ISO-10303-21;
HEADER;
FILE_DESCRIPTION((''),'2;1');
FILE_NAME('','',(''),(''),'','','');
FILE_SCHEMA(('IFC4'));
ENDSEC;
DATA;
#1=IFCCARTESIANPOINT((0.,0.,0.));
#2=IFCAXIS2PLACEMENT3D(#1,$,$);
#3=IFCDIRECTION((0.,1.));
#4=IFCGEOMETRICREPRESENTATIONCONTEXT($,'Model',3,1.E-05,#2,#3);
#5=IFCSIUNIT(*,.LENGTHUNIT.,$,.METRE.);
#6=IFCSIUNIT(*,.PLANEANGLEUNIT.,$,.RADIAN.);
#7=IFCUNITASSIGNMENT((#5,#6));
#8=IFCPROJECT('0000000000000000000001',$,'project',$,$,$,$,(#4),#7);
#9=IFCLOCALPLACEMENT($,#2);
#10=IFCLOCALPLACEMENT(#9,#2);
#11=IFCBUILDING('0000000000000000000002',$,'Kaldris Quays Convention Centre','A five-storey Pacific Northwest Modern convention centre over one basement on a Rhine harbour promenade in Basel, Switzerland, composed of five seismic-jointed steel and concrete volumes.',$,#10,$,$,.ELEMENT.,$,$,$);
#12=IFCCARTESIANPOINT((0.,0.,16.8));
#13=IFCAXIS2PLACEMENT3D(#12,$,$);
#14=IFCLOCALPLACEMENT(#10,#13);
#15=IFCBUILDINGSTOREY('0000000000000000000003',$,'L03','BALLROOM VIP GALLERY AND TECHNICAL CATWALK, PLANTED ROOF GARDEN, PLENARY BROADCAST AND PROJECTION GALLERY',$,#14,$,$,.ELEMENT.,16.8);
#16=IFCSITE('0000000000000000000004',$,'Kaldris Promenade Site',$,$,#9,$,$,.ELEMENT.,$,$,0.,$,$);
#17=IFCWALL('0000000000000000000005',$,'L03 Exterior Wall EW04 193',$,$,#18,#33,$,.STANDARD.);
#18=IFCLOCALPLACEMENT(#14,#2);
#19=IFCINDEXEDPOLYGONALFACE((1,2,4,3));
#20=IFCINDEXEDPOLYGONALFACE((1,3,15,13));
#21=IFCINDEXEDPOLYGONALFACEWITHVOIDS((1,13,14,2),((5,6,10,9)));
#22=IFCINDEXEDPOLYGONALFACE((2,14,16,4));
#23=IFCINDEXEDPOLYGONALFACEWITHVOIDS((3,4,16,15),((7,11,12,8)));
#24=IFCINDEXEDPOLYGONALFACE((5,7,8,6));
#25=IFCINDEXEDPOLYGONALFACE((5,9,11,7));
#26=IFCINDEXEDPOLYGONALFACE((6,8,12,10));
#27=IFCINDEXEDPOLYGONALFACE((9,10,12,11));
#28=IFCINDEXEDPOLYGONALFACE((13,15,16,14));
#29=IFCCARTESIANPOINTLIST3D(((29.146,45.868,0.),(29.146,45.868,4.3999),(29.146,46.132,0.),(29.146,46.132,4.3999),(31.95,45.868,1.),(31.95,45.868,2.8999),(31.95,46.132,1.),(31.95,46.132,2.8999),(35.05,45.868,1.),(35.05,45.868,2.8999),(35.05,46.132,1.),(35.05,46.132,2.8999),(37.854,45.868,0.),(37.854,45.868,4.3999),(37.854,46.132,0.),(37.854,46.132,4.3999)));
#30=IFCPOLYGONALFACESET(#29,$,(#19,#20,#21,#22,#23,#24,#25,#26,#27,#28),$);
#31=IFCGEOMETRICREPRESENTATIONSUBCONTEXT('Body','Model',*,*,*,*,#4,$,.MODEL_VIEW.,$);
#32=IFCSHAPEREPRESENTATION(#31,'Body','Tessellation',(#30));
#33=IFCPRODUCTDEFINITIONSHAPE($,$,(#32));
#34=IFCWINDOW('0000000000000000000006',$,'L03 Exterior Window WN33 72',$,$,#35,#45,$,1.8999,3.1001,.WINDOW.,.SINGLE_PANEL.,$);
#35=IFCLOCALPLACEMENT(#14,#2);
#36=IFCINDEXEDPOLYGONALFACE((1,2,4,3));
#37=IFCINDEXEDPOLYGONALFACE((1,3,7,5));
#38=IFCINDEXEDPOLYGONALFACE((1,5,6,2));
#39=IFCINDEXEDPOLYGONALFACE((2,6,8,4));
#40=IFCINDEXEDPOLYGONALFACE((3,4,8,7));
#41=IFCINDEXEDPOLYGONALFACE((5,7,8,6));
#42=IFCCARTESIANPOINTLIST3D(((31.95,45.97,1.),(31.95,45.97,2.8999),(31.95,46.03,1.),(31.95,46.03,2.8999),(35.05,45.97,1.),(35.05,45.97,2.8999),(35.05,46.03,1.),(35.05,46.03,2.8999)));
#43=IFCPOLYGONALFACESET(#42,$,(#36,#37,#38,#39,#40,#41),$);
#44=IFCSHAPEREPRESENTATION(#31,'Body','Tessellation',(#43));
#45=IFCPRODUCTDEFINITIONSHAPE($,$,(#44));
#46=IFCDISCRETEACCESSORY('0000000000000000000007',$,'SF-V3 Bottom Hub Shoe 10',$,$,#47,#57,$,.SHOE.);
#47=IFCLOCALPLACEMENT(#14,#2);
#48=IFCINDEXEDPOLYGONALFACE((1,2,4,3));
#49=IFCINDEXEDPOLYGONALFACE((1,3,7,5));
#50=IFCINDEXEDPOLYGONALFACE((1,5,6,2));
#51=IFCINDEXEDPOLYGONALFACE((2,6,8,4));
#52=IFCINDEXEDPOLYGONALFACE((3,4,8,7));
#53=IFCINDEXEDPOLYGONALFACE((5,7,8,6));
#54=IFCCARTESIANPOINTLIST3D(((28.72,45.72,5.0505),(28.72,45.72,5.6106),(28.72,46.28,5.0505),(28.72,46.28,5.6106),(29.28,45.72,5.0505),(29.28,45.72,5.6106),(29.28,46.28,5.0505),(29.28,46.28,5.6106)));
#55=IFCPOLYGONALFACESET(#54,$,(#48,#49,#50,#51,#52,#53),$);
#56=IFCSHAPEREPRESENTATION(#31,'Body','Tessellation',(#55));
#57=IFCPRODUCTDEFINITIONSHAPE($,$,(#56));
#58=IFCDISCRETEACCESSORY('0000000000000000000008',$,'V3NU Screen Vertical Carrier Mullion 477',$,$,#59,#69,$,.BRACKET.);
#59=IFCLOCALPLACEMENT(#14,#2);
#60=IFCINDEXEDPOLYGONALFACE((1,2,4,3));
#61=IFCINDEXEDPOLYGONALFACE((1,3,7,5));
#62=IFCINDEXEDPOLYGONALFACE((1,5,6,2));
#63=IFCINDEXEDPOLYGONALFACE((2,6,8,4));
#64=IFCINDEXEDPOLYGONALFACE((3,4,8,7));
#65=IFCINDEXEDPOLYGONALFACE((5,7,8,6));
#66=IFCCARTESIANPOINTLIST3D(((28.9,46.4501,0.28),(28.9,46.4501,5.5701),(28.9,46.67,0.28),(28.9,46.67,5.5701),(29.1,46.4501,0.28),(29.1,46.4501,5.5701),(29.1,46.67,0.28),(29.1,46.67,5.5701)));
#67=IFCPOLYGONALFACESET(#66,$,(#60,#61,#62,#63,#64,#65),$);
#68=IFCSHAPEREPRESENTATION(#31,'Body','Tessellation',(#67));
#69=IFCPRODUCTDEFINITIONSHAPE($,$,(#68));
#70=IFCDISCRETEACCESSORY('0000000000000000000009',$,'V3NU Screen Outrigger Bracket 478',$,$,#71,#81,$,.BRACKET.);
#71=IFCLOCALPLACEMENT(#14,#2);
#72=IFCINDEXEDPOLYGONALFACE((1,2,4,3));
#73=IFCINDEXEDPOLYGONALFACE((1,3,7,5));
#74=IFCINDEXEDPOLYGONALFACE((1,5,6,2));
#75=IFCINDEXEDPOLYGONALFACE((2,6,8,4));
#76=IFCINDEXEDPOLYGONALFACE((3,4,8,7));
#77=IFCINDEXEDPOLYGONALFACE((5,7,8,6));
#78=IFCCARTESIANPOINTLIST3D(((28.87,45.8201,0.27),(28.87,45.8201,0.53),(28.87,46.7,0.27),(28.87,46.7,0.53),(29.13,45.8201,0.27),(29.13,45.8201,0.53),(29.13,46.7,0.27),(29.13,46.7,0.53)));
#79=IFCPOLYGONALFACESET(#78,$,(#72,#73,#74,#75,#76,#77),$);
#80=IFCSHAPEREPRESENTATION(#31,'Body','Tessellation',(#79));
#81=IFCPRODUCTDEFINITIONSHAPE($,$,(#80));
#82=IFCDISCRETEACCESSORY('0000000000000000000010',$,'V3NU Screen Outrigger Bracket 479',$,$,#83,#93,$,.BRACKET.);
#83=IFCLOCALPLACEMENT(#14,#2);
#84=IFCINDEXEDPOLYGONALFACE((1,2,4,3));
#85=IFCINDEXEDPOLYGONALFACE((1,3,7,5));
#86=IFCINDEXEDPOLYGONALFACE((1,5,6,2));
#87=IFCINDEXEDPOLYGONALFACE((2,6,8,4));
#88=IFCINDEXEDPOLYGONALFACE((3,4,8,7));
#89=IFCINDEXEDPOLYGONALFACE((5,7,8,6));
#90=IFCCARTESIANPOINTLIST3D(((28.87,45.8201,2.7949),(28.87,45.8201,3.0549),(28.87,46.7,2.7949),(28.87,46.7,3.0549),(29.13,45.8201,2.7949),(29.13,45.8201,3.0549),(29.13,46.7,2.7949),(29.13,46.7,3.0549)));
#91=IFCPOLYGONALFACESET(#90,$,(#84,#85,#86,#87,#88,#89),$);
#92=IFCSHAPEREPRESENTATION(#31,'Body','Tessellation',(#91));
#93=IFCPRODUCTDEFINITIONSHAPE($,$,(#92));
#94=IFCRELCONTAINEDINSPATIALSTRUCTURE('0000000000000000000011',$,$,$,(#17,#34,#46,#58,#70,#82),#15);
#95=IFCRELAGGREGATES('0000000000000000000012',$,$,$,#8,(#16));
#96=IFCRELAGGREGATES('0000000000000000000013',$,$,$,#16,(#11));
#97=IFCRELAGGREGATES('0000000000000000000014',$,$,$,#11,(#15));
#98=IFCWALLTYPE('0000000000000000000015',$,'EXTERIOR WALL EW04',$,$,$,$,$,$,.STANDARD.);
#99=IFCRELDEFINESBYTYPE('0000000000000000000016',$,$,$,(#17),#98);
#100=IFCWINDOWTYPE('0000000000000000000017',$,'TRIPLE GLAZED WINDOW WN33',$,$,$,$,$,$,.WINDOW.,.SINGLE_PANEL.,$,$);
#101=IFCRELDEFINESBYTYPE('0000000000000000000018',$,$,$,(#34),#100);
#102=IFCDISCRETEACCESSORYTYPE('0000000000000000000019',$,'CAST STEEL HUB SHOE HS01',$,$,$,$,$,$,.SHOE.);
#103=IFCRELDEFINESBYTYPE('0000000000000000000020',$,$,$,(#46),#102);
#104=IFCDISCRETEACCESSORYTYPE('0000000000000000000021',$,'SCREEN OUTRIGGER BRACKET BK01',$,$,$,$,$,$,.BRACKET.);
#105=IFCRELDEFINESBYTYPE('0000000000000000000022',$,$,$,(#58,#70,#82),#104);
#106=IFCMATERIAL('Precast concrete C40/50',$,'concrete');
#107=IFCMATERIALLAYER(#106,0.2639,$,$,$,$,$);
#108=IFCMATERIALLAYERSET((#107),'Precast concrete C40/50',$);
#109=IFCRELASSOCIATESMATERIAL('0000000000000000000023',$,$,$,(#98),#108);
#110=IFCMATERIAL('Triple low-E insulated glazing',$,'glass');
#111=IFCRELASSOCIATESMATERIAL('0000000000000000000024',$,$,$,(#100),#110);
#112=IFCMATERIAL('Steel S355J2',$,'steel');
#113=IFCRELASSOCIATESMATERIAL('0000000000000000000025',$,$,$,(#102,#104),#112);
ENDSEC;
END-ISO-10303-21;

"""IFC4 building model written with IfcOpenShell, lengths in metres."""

from ifc_helpers import new_model, si_unit, direction, frame, frame_2d, origin, origin_2d, place, context, subcontext, project, spatial, rectangle, extrude, material, layer, layer_set, type_object, element, fill, save


model = new_model("IFC4")

# Units and contexts
model_context = context("Model", 3, precision=1e-05, world=origin(), true_north=direction((0.0, 1.0)))
body_context = subcontext(model_context, "Body", "Model", "MODEL_VIEW")
ifc_project = project(units=[si_unit("LENGTHUNIT", "METRE"), si_unit("PLANEANGLEUNIT", "RADIAN")], contexts=[model_context])

# Site, building, storey
site_placement = place(None, origin())
site = spatial("IfcSite", under=ifc_project, at=site_placement, Name="Kaldris Promenade Site", CompositionType="ELEMENT", RefElevation=0.0)
building_placement = place(site_placement, origin())
building = spatial("IfcBuilding", under=site, at=building_placement, Name="Kaldris Quays Convention Centre", Description="A five-storey Pacific Northwest Modern convention centre over one basement on a Rhine harbour promenade in Basel, Switzerland, composed of five seismic-jointed steel and concrete volumes.", CompositionType="ELEMENT")
storey_placement = place(building_placement, frame((0.0, 0.0, 16.8)))
storey = spatial("IfcBuildingStorey", under=building, at=storey_placement, Name="L03", Description="BALLROOM VIP GALLERY AND TECHNICAL CATWALK, PLANTED ROOF GARDEN, PLENARY BROADCAST AND PROJECTION GALLERY", CompositionType="ELEMENT", Elevation=16.8)

# Shared definitions
ifc_material_1 = material(Name="Steel S355J2", Category="steel")

# Wall, opening, window
ifc_material_2 = material(Name="Precast concrete C40/50", Category="concrete")
ifc_layer = layer(ifc_material_2, 0.2639)
ifc_layer_set = layer_set([ifc_layer], Name="Precast concrete C40/50")
wall_type = type_object("IfcWallType", Name="EXTERIOR WALL EW04", PredefinedType="STANDARD", material=ifc_layer_set)
wall_placement = place(storey_placement, frame((29.146, 46.0, 0.0), z_axis=(0.0, 0.0, 1.0), x_axis=(1.0, 0.0, 0.0)))
wall = element("IfcWall", 1, at=wall_placement, inside=storey, type_object=wall_type, Name="L03 Exterior Wall EW04 193", PredefinedType="STANDARD", context=body_context, shape_type="SweptSolid", body=[
    extrude(rectangle(XDim=8.708, YDim=0.2639, at=frame_2d((4.354, 0.0))), origin(), (0.0, 0.0, 1.0), 4.3999),
])
opening_placement = place(wall_placement, frame((2.804, 0.0, 1.0)))
opening = element("IfcOpeningElement", 2, at=opening_placement, cuts=wall, PredefinedType="OPENING", context=body_context, shape_type="SweptSolid", body=[
    extrude(rectangle(XDim=3.1001, YDim=1.8999, at=frame_2d((1.55, 0.95))), frame((0.0, 0.1421, 0.0), z_axis=(0.0, -1.0, 0.0), x_axis=(1.0, 0.0, 0.0)), (0.0, 0.0, 1.0), 0.2839),
])
ifc_material_3 = material(Name="Triple low-E insulated glazing", Category="glass")
window_type = type_object("IfcWindowType", Name="TRIPLE GLAZED WINDOW WN33", PartitioningType="SINGLE_PANEL", PredefinedType="WINDOW", material=ifc_material_3)
window_placement = place(opening_placement, origin())
window = element("IfcWindow", 3, at=window_placement, inside=storey, type_object=window_type, Name="L03 Exterior Window WN33 72", OverallHeight=1.8999, OverallWidth=3.1001, PartitioningType="SINGLE_PANEL", PredefinedType="WINDOW", context=body_context, shape_type="SweptSolid", body=[
    extrude(rectangle(XDim=3.1001, YDim=1.8999, at=frame_2d((1.55, 0.95))), frame((0.0, 0.03, 0.0), z_axis=(0.0, -1.0, 0.0), x_axis=(1.0, 0.0, 0.0)), (0.0, 0.0, 1.0), 0.0601),
])
fill(opening, window)

# Discrete accessories
discrete_accessory_type_1 = type_object("IfcDiscreteAccessoryType", Name="CAST STEEL HUB SHOE HS01", PredefinedType="SHOE", material=ifc_material_1)
discrete_accessory_1_placement = place(storey_placement, frame((29.0, 46.0, 5.0505), z_axis=(0.0, 0.0, 1.0), x_axis=(1.0, 0.0, 0.0)))
element("IfcDiscreteAccessory", 4, at=discrete_accessory_1_placement, inside=storey, type_object=discrete_accessory_type_1, Name="SF-V3 Bottom Hub Shoe 10", PredefinedType="SHOE", context=body_context, shape_type="SweptSolid", body=[
    extrude(rectangle(XDim=0.5601, YDim=0.5601, at=origin_2d()), origin(), (0.0, 0.0, 1.0), 0.5601),
])
discrete_accessory_type_2 = type_object("IfcDiscreteAccessoryType", Name="SCREEN OUTRIGGER BRACKET BK01", PredefinedType="BRACKET", material=ifc_material_1)
discrete_accessory_2_placement = place(storey_placement, frame((29.0, 46.5601, 0.28), z_axis=(0.0, 0.0, 1.0), x_axis=(1.0, 0.0, 0.0)))
element("IfcDiscreteAccessory", 5, at=discrete_accessory_2_placement, inside=storey, type_object=discrete_accessory_type_2, Name="V3NU Screen Vertical Carrier Mullion 477", PredefinedType="BRACKET", context=body_context, shape_type="SweptSolid", body=[
    extrude(rectangle(XDim=0.2, YDim=0.22, at=origin_2d()), origin(), (0.0, 0.0, 1.0), 5.29),
])
for number, where, z_axis, x_axis, name in (
    (6, (29.0, 46.26, 0.27), (0.0, 0.0, 1.0), (1.0, 0.0, 0.0), "V3NU Screen Outrigger Bracket 478"),
    (7, (29.0, 46.26, 2.7949), (0.0, 0.0, 1.0), (1.0, 0.0, 0.0), "V3NU Screen Outrigger Bracket 479"),
):
    element("IfcDiscreteAccessory", number, at=place(storey_placement, frame(where, z_axis=z_axis, x_axis=x_axis)), inside=storey, type_object=discrete_accessory_type_2, Name=name, PredefinedType="BRACKET", context=body_context, shape_type="SweptSolid", body=[
        extrude(rectangle(XDim=0.26, YDim=0.8799, at=origin_2d()), origin(), (0.0, 0.0, 1.0), 0.26),
    ])

save(model, "model.ifc")
